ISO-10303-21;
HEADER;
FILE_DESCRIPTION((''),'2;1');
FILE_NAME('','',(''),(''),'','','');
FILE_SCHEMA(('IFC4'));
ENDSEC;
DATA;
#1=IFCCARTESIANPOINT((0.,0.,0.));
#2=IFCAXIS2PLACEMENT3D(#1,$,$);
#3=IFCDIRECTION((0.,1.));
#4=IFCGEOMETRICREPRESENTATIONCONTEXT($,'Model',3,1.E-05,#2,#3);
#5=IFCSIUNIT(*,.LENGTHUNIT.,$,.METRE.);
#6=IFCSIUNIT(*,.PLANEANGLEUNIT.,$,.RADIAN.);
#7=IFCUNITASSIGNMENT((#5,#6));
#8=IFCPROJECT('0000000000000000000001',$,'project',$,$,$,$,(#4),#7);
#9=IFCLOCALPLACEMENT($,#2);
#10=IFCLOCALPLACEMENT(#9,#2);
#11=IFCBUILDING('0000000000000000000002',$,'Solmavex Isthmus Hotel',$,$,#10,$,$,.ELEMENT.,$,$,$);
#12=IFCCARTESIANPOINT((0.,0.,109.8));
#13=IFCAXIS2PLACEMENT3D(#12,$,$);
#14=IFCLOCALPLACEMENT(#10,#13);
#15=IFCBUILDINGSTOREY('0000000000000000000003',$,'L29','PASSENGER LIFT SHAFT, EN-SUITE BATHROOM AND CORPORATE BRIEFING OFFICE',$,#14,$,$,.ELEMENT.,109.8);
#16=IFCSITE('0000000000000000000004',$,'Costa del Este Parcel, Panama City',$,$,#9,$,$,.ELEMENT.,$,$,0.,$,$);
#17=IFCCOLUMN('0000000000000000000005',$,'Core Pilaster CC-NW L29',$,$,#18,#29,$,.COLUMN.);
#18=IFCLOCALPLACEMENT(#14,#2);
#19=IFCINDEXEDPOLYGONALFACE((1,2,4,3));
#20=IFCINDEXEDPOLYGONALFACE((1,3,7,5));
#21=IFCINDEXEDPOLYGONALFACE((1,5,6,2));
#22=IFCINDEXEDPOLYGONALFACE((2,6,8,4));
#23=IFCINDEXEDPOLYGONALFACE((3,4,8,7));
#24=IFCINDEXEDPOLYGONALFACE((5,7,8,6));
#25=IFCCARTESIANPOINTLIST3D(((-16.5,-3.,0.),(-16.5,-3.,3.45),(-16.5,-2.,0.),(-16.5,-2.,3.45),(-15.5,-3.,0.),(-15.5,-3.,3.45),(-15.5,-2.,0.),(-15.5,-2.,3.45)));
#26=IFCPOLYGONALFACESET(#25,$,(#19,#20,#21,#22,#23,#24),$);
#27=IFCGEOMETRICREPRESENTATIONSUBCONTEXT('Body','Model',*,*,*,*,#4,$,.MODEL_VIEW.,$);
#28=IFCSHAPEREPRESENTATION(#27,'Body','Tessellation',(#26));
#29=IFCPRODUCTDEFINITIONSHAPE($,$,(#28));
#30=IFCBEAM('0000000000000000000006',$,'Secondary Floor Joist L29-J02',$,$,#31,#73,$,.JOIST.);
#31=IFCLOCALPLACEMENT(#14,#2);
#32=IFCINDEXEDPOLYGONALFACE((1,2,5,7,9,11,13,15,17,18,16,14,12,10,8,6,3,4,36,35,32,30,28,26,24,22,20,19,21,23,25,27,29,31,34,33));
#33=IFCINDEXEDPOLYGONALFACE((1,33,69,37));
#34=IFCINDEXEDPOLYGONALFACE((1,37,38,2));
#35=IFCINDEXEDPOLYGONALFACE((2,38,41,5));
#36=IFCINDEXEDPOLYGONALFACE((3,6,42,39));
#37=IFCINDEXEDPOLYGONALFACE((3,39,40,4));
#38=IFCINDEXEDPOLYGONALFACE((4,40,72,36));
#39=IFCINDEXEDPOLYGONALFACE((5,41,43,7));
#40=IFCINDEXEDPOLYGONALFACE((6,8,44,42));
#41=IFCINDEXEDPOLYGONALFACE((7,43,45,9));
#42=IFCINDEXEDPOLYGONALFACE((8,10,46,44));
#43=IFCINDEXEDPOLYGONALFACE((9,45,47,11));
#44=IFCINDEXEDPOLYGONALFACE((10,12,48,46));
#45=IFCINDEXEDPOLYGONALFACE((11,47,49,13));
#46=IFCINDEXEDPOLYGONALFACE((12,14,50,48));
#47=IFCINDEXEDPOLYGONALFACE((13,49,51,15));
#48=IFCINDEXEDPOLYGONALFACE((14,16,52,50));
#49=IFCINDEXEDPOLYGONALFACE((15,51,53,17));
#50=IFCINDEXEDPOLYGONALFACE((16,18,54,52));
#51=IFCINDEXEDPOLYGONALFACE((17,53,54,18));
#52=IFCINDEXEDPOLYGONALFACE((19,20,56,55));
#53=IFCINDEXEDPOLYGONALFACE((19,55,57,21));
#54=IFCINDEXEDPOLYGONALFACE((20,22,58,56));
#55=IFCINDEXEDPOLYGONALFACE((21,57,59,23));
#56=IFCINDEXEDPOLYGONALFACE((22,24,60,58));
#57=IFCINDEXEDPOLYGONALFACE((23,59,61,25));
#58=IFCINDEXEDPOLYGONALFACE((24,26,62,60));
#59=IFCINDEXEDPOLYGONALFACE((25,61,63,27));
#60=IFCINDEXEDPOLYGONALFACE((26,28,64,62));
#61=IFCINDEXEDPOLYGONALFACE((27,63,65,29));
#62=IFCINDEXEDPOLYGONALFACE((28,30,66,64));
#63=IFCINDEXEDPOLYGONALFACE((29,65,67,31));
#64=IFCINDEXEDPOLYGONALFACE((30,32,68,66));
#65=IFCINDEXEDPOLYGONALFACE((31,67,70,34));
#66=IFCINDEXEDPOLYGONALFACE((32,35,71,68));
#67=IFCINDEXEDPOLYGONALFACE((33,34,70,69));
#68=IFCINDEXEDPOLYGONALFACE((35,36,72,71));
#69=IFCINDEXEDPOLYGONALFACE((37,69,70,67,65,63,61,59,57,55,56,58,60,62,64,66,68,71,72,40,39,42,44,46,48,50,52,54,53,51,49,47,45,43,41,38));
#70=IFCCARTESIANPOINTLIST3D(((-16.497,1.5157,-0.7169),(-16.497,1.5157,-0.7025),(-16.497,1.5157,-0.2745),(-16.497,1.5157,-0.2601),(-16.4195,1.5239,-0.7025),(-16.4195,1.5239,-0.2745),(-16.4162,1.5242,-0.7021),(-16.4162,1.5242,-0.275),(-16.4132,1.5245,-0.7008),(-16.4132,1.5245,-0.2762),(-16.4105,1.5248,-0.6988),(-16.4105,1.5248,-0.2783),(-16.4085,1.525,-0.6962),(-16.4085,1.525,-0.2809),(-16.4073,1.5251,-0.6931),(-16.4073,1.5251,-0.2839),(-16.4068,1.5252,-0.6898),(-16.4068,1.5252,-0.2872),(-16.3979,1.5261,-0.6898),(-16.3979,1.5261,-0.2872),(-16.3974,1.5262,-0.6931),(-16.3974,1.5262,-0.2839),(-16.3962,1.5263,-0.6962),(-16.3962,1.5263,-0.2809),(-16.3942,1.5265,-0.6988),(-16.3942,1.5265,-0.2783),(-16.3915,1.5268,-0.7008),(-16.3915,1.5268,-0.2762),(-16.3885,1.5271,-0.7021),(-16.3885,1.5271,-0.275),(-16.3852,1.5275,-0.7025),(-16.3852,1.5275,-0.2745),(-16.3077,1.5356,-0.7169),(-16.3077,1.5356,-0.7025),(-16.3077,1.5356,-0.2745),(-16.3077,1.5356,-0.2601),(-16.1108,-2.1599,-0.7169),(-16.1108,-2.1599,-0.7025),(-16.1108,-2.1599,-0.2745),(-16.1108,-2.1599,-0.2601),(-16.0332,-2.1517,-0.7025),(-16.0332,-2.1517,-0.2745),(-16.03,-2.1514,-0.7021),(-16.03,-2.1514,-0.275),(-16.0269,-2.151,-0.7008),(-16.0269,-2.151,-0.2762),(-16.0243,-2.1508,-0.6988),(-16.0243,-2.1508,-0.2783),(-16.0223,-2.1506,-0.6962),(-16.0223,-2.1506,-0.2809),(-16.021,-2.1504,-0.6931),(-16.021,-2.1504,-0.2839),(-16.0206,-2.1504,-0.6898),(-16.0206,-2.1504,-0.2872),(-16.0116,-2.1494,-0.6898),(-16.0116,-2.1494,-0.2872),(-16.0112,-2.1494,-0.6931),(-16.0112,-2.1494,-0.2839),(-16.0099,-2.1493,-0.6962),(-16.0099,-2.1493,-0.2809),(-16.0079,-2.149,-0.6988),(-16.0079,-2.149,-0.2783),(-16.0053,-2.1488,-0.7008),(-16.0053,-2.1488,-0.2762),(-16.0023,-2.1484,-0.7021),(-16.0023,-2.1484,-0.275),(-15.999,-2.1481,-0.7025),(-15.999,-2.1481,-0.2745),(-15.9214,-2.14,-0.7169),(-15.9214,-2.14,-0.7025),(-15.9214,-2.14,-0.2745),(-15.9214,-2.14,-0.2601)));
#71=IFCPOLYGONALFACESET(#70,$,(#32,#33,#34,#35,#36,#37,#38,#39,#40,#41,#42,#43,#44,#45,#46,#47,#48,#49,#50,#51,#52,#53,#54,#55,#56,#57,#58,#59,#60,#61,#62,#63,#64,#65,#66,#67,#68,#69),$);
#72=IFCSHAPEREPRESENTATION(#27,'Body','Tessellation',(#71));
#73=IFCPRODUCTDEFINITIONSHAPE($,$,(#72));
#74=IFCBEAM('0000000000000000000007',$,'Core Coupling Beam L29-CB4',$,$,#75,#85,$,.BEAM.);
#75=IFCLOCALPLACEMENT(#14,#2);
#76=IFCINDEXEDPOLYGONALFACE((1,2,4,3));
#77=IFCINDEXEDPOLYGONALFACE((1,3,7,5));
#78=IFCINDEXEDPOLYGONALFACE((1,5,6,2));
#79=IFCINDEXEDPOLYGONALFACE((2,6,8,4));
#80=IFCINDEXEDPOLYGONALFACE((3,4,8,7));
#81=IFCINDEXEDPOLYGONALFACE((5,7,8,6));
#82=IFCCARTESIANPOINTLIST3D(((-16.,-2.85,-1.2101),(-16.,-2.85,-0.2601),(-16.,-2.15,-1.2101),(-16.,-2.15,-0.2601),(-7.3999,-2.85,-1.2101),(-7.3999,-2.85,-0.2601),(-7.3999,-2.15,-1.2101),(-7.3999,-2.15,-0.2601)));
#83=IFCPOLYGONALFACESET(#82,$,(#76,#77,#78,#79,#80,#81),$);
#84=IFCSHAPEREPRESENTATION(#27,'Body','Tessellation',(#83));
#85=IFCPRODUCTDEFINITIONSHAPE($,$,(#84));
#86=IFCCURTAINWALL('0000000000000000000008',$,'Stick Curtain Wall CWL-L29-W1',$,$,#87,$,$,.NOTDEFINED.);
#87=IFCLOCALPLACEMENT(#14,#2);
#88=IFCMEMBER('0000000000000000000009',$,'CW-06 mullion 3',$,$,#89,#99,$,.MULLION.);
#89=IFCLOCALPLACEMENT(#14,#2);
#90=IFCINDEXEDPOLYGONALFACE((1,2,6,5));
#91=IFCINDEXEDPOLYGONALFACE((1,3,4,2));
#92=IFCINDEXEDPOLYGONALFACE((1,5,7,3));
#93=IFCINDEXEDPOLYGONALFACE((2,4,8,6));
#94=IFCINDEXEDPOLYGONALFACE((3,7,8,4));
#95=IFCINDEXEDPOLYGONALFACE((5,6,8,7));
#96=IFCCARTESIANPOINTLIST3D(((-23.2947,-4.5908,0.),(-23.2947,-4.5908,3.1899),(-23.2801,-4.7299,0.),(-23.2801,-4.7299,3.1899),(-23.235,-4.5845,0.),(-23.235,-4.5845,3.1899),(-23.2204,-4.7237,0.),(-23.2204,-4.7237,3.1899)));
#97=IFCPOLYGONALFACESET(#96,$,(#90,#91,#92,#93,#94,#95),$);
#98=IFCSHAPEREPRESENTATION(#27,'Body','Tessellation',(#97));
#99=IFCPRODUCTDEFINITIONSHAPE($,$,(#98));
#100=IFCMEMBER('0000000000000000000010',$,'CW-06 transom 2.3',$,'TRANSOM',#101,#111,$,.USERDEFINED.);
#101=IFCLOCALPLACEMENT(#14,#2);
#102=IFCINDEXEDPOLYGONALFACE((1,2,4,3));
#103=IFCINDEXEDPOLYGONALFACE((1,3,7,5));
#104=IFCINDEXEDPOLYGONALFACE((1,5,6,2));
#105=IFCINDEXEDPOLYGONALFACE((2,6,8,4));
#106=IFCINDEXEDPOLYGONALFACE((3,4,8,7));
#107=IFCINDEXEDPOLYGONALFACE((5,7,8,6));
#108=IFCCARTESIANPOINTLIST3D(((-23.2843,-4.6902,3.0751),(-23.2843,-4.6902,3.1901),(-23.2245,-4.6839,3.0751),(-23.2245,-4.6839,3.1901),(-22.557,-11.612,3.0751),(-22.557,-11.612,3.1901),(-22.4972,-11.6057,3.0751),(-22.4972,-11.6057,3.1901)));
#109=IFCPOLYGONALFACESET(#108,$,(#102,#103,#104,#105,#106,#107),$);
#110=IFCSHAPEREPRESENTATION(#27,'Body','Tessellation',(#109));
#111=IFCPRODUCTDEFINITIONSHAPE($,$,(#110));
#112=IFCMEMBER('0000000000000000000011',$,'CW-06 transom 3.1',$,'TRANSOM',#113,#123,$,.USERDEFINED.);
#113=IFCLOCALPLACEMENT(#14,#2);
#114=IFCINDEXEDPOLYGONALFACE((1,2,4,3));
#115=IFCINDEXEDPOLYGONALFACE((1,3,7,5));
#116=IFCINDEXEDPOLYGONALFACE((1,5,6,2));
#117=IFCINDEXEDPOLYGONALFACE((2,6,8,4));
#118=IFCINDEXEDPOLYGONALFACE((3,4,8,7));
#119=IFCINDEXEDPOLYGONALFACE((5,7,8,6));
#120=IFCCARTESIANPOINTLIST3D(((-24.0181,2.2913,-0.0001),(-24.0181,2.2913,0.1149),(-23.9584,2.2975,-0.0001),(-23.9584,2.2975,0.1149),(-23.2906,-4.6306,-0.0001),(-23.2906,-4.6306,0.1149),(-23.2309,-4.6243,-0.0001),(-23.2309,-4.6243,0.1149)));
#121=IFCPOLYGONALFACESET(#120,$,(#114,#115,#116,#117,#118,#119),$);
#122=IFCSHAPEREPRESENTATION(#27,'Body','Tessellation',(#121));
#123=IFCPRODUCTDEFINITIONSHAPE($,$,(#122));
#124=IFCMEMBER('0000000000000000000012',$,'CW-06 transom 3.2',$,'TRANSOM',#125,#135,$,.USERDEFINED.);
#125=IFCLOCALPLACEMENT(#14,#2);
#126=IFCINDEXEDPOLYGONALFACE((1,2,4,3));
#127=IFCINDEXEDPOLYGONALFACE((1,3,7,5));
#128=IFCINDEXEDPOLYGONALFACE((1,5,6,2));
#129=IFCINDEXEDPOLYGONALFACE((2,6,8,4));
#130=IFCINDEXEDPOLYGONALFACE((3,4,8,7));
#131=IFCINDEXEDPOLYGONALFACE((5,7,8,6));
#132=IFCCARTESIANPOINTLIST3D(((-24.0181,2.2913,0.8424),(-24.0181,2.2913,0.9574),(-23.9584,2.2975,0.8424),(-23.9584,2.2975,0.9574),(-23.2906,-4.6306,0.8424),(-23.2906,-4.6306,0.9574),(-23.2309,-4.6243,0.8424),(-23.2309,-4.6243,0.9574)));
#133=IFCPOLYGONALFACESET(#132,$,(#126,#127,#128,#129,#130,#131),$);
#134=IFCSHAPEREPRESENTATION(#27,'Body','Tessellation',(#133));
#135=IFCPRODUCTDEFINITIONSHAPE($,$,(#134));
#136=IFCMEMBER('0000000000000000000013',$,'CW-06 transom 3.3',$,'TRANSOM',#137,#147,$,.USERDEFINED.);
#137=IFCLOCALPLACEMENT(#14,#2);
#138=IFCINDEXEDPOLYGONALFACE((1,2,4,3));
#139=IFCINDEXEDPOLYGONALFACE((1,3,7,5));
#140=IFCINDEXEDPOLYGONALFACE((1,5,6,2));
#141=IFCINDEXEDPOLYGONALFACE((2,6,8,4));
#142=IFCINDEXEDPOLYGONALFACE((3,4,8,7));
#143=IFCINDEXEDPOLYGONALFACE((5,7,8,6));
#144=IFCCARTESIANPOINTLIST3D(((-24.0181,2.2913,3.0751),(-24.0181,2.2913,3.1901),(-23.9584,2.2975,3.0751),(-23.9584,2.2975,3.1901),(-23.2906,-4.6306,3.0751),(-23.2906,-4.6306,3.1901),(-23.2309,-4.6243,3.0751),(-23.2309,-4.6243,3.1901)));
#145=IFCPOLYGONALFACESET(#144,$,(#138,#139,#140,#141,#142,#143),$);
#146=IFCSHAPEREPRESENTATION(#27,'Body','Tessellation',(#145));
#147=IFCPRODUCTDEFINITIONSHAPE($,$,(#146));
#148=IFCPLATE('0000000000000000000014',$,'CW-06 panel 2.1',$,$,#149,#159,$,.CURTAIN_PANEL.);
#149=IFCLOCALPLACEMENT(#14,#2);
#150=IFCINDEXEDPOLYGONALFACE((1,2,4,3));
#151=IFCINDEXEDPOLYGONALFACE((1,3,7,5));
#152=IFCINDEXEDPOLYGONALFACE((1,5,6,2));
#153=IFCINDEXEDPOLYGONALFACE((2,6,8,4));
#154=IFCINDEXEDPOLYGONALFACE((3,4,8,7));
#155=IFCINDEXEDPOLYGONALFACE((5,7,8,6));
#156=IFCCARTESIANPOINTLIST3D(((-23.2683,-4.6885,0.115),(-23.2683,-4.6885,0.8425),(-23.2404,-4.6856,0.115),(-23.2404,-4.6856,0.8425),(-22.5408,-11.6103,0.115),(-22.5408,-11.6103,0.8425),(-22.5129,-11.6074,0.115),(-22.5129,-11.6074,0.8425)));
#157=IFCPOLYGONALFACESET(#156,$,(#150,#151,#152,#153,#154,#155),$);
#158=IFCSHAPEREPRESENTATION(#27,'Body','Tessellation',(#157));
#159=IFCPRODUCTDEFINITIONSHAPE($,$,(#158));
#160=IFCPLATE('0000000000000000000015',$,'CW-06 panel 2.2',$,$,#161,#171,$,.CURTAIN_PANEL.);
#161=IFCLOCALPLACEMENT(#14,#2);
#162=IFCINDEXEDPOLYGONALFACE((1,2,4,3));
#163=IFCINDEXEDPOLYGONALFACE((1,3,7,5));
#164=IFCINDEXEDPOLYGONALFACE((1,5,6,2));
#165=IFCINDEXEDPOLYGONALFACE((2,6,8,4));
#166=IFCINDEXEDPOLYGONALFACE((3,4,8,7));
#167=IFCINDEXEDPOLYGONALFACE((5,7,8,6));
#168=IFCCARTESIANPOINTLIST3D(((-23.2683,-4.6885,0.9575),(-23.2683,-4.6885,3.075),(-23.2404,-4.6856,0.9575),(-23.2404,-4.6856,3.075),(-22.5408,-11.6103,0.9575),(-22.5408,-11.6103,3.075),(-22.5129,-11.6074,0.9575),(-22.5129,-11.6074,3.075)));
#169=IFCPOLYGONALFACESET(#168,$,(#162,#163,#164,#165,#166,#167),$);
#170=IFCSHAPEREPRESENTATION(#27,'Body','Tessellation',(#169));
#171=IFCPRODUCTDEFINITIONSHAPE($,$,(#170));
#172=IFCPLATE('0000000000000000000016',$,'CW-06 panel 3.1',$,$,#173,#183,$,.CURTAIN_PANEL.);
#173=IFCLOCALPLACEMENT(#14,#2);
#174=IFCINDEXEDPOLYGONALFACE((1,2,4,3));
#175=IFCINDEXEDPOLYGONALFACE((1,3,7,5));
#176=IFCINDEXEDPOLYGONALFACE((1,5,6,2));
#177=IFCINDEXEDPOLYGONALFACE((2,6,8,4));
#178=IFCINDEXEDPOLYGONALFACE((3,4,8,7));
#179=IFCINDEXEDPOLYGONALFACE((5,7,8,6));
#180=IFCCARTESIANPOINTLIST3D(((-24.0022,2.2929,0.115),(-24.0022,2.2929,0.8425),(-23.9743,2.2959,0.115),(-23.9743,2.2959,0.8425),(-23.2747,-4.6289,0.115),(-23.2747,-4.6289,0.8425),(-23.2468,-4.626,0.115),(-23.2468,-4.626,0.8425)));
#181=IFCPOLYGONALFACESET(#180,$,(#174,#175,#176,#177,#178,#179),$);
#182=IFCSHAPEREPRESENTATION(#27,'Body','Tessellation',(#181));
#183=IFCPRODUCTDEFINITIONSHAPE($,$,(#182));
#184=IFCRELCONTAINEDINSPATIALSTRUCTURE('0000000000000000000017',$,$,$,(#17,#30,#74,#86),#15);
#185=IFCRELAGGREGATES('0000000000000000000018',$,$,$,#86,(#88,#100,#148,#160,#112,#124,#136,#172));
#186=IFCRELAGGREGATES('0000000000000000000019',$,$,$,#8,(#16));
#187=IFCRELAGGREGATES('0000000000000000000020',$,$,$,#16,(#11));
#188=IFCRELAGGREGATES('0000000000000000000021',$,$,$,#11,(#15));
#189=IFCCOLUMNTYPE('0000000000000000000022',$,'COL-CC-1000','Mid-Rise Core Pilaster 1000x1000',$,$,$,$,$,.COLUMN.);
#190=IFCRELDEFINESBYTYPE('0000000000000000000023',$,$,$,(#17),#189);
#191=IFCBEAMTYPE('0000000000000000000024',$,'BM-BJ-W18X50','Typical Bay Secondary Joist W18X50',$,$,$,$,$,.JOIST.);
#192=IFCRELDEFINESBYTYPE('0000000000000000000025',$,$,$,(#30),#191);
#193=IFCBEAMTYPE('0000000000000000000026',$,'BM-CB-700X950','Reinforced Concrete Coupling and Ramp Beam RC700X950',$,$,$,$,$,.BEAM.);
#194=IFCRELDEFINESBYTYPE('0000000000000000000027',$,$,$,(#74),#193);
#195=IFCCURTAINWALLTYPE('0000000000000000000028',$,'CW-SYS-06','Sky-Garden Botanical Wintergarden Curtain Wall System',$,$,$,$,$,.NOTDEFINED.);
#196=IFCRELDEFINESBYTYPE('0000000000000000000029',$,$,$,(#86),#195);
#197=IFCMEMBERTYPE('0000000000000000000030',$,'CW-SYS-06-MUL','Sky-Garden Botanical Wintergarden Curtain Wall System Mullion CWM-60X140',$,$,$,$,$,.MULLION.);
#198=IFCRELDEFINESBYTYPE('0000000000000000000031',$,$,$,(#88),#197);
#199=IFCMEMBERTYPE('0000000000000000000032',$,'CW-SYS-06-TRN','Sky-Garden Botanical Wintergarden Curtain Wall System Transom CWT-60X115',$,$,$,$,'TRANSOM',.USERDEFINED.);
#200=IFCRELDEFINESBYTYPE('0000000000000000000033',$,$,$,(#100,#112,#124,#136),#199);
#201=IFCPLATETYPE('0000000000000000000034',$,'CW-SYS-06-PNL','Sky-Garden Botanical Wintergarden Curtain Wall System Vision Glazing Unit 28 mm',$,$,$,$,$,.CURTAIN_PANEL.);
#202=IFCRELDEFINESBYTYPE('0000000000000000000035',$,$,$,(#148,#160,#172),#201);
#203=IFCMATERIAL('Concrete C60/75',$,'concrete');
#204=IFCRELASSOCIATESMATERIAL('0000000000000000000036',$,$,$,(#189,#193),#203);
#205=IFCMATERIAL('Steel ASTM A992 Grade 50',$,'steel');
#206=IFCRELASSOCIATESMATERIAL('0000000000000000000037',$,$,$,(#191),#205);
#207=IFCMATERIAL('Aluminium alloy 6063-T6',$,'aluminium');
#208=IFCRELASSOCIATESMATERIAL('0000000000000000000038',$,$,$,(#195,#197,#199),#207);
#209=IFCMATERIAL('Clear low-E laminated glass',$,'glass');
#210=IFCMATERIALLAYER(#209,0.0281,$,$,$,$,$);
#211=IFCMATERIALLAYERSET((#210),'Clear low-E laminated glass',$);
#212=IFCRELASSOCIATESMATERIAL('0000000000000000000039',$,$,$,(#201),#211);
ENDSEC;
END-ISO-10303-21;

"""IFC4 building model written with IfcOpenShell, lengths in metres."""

from ifc_helpers import new_model, si_unit, direction, frame, origin, origin_2d, place, context, subcontext, project, spatial, rectangle, i_section, extrude, material, layer, layer_set, material_profile, profile_set, type_object, element, aggregate, save


model = new_model("IFC4")

# Units and contexts
model_context = context("Model", 3, precision=1e-05, world=origin(), true_north=direction((0.0, 1.0)))
body_context = subcontext(model_context, "Body", "Model", "MODEL_VIEW")
ifc_project = project(units=[si_unit("LENGTHUNIT", "METRE"), si_unit("PLANEANGLEUNIT", "RADIAN")], contexts=[model_context])

# Site, building, storey
site_placement = place(None, origin())
site = spatial("IfcSite", under=ifc_project, at=site_placement, Name="Costa del Este Parcel, Panama City", CompositionType="ELEMENT", RefElevation=0.0)
building_placement = place(site_placement, origin())
building = spatial("IfcBuilding", under=site, at=building_placement, Name="Solmavex Isthmus Hotel", CompositionType="ELEMENT")
storey_placement = place(building_placement, frame((0.0, 0.0, 109.8)))
storey = spatial("IfcBuildingStorey", under=building, at=storey_placement, Name="L29", Description="PASSENGER LIFT SHAFT, EN-SUITE BATHROOM AND CORPORATE BRIEFING OFFICE", CompositionType="ELEMENT", Elevation=109.8)

# Column
ifc_material_1 = material(Name="Concrete C60/75", Category="concrete")
ifc_material_profile_1 = material_profile(ifc_material_1, rectangle(XDim=1.0, YDim=1.0, at=origin_2d()), Name="RC1000X1000")
ifc_profile_set_1 = profile_set([ifc_material_profile_1], Name="Concrete C60/75")
column_type = type_object("IfcColumnType", Name="COL-CC-1000", Description="Mid-Rise Core Pilaster 1000x1000", PredefinedType="COLUMN", material=ifc_profile_set_1)
column_placement = place(storey_placement, frame((-16.0, -2.5, 0.0), z_axis=(0.0, 0.0, 1.0), x_axis=(1.0, 0.0, 0.0)))
element("IfcColumn", 1, at=column_placement, inside=storey, type_object=column_type, Name="Core Pilaster CC-NW L29", PredefinedType="COLUMN", context=body_context, shape_type="SweptSolid", body=[
    extrude(rectangle(XDim=1.0, YDim=1.0, at=origin_2d()), origin(), (0.0, 0.0, 1.0), 3.45),
])

# Beams
ifc_material_2 = material(Name="Steel ASTM A992 Grade 50", Category="steel")
ifc_material_profile_2 = material_profile(ifc_material_2, i_section(OverallWidth=0.1904, OverallDepth=0.4568, WebThickness=0.009, FlangeThickness=0.0144, FilletRadius=0.0127, at=origin_2d()), Name="W18X50")
ifc_profile_set_2 = profile_set([ifc_material_profile_2], Name="Steel ASTM A992 Grade 50")
beam_type_1 = type_object("IfcBeamType", Name="BM-BJ-W18X50", Description="Typical Bay Secondary Joist W18X50", PredefinedType="JOIST", material=ifc_profile_set_2)
beam_1_placement = place(storey_placement, frame((-16.0161, -2.1499, -0.4885), z_axis=(-0.104506, 0.994524, 0.0), x_axis=(-0.994524, -0.104506, 0.0)))
element("IfcBeam", 2, at=beam_1_placement, inside=storey, type_object=beam_type_1, Name="Secondary Floor Joist L29-J02", PredefinedType="JOIST", context=body_context, shape_type="SweptSolid", body=[
    extrude(i_section(OverallWidth=0.1904, OverallDepth=0.4568, WebThickness=0.009, FlangeThickness=0.0144, FilletRadius=0.0127, at=origin_2d()), origin(), (0.0, 0.0, 1.0), 3.6958),
])
ifc_material_profile_3 = material_profile(ifc_material_1, rectangle(XDim=0.7, YDim=0.95, at=origin_2d()), Name="RC700X950")
ifc_profile_set_3 = profile_set([ifc_material_profile_3], Name="Concrete C60/75")
beam_type_2 = type_object("IfcBeamType", Name="BM-CB-700X950", Description="Reinforced Concrete Coupling and Ramp Beam RC700X950", PredefinedType="BEAM", material=ifc_profile_set_3)
beam_2_placement = place(storey_placement, frame((-16.0, -2.5, -0.7351), z_axis=(1.0, 0.0, 0.0), x_axis=(0.0, 1.0, 0.0)))
element("IfcBeam", 3, at=beam_2_placement, inside=storey, type_object=beam_type_2, Name="Core Coupling Beam L29-CB4", PredefinedType="BEAM", context=body_context, shape_type="SweptSolid", body=[
    extrude(rectangle(XDim=0.7, YDim=0.95, at=origin_2d()), origin(), (0.0, 0.0, 1.0), 8.6001),
])

# Curtain wall, members, plates
ifc_material_3 = material(Name="Aluminium alloy 6063-T6", Category="aluminium")
curtain_wall_type = type_object("IfcCurtainWallType", Name="CW-SYS-06", Description="Sky-Garden Botanical Wintergarden Curtain Wall System", PredefinedType="NOTDEFINED", material=ifc_material_3)
curtain_wall_placement = place(storey_placement, origin())
curtain_wall = element("IfcCurtainWall", 4, at=curtain_wall_placement, inside=storey, type_object=curtain_wall_type, Name="Stick Curtain Wall CWL-L29-W1", PredefinedType="NOTDEFINED")
ifc_material_profile_4 = material_profile(ifc_material_3, rectangle(XDim=0.0601, YDim=0.1399, at=origin_2d()), Name="CWM-60X140")
ifc_profile_set_4 = profile_set([ifc_material_profile_4], Name="Aluminium alloy 6063-T6")
member_type_1 = type_object("IfcMemberType", Name="CW-SYS-06-MUL", Description="Sky-Garden Botanical Wintergarden Curtain Wall System Mullion CWM-60X140", PredefinedType="MULLION", material=ifc_profile_set_4)
member_1_placement = place(storey_placement, frame((-23.2576, -4.6572, 0.0), z_axis=(0.0, 0.0, 1.0), x_axis=(-0.994522, -0.104528, 0.0)))
member_1 = element("IfcMember", 5, at=member_1_placement, type_object=member_type_1, Name="CW-06 mullion 3", PredefinedType="MULLION", context=body_context, shape_type="SweptSolid", body=[
    extrude(rectangle(XDim=0.0601, YDim=0.1399, at=origin_2d()), origin(), (0.0, 0.0, 1.0), 3.1899),
])
ifc_material_profile_5 = material_profile(ifc_material_3, rectangle(XDim=0.0601, YDim=0.115, at=origin_2d()), Name="CWT-60X115")
ifc_profile_set_5 = profile_set([ifc_material_profile_5], Name="Aluminium alloy 6063-T6")
member_type_2 = type_object("IfcMemberType", Name="CW-SYS-06-TRN", Description="Sky-Garden Botanical Wintergarden Curtain Wall System Transom CWT-60X115", ElementType="TRANSOM", PredefinedType="USERDEFINED", material=ifc_profile_set_5)
member_2_placement = place(storey_placement, frame((-22.5271, -11.6089, 3.1326), z_axis=(-0.104497, 0.994525, 0.0), x_axis=(-0.994525, -0.104497, 0.0)))
member_2 = element("IfcMember", 6, at=member_2_placement, type_object=member_type_2, Name="CW-06 transom 2.3", ObjectType="TRANSOM", PredefinedType="USERDEFINED", context=body_context, shape_type="SweptSolid", body=[
    extrude(rectangle(XDim=0.0601, YDim=0.115, at=origin_2d()), origin(), (0.0, 0.0, 1.0), 6.96),
])
member_3_placement = place(storey_placement, frame((-23.2607, -4.6274, 0.0574), z_axis=(-0.104531, 0.994522, 0.0), x_axis=(-0.994522, -0.104531, 0.0)))
member_3 = element("IfcMember", 7, at=member_3_placement, type_object=member_type_2, Name="CW-06 transom 3.1", ObjectType="TRANSOM", PredefinedType="USERDEFINED", context=body_context, shape_type="SweptSolid", body=[
    extrude(rectangle(XDim=0.0601, YDim=0.115, at=origin_2d()), origin(), (0.0, 0.0, 1.0), 6.96),
])
member_4_placement = place(storey_placement, frame((-23.2607, -4.6274, 0.8999), z_axis=(-0.104531, 0.994522, 0.0), x_axis=(-0.994522, -0.104531, 0.0)))
member_4 = element("IfcMember", 8, at=member_4_placement, type_object=member_type_2, Name="CW-06 transom 3.2", ObjectType="TRANSOM", PredefinedType="USERDEFINED", context=body_context, shape_type="SweptSolid", body=[
    extrude(rectangle(XDim=0.0601, YDim=0.115, at=origin_2d()), origin(), (0.0, 0.0, 1.0), 6.96),
])
member_5_placement = place(storey_placement, frame((-23.2607, -4.6274, 3.1326), z_axis=(-0.104531, 0.994522, 0.0), x_axis=(-0.994522, -0.104531, 0.0)))
member_5 = element("IfcMember", 9, at=member_5_placement, type_object=member_type_2, Name="CW-06 transom 3.3", ObjectType="TRANSOM", PredefinedType="USERDEFINED", context=body_context, shape_type="SweptSolid", body=[
    extrude(rectangle(XDim=0.0601, YDim=0.115, at=origin_2d()), origin(), (0.0, 0.0, 1.0), 6.96),
])
ifc_material_4 = material(Name="Clear low-E laminated glass", Category="glass")
ifc_layer_1 = layer(ifc_material_4, 0.0281)
ifc_layer_set_1 = layer_set([ifc_layer_1], Name="Clear low-E laminated glass")
plate_type = type_object("IfcPlateType", Name="CW-SYS-06-PNL", Description="Sky-Garden Botanical Wintergarden Curtain Wall System Vision Glazing Unit 28 mm", PredefinedType="CURTAIN_PANEL", material=ifc_layer_set_1)
plate_1_placement = place(storey_placement, frame((-22.8906, -8.1479, 0.115), z_axis=(0.0, 0.0, 1.0), x_axis=(-0.104528, 0.994522, 0.0)))
plate_1 = element("IfcPlate", 10, at=plate_1_placement, type_object=plate_type, Name="CW-06 panel 2.1", PredefinedType="CURTAIN_PANEL", context=body_context, shape_type="SweptSolid", body=[
    extrude(rectangle(XDim=6.96, YDim=0.0281, at=origin_2d()), origin(), (0.0, 0.0, 1.0), 0.7275),
])
plate_2_placement = place(storey_placement, frame((-22.8906, -8.1479, 0.9575), z_axis=(0.0, 0.0, 1.0), x_axis=(-0.104528, 0.994522, 0.0)))
plate_2 = element("IfcPlate", 11, at=plate_2_placement, type_object=plate_type, Name="CW-06 panel 2.2", PredefinedType="CURTAIN_PANEL", context=body_context, shape_type="SweptSolid", body=[
    extrude(rectangle(XDim=6.96, YDim=0.0281, at=origin_2d()), origin(), (0.0, 0.0, 1.0), 2.1174),
])
plate_3_placement = place(storey_placement, frame((-23.6245, -1.1665, 0.115), z_axis=(0.0, 0.0, 1.0), x_axis=(-0.104528, 0.994522, 0.0)))
plate_3 = element("IfcPlate", 12, at=plate_3_placement, type_object=plate_type, Name="CW-06 panel 3.1", PredefinedType="CURTAIN_PANEL", context=body_context, shape_type="SweptSolid", body=[
    extrude(rectangle(XDim=6.96, YDim=0.0281, at=origin_2d()), origin(), (0.0, 0.0, 1.0), 0.7275),
])
aggregate(curtain_wall, [member_1, member_2, plate_1, plate_2, member_3, member_4, member_5, plate_3])

save(model, "model.ifc")
